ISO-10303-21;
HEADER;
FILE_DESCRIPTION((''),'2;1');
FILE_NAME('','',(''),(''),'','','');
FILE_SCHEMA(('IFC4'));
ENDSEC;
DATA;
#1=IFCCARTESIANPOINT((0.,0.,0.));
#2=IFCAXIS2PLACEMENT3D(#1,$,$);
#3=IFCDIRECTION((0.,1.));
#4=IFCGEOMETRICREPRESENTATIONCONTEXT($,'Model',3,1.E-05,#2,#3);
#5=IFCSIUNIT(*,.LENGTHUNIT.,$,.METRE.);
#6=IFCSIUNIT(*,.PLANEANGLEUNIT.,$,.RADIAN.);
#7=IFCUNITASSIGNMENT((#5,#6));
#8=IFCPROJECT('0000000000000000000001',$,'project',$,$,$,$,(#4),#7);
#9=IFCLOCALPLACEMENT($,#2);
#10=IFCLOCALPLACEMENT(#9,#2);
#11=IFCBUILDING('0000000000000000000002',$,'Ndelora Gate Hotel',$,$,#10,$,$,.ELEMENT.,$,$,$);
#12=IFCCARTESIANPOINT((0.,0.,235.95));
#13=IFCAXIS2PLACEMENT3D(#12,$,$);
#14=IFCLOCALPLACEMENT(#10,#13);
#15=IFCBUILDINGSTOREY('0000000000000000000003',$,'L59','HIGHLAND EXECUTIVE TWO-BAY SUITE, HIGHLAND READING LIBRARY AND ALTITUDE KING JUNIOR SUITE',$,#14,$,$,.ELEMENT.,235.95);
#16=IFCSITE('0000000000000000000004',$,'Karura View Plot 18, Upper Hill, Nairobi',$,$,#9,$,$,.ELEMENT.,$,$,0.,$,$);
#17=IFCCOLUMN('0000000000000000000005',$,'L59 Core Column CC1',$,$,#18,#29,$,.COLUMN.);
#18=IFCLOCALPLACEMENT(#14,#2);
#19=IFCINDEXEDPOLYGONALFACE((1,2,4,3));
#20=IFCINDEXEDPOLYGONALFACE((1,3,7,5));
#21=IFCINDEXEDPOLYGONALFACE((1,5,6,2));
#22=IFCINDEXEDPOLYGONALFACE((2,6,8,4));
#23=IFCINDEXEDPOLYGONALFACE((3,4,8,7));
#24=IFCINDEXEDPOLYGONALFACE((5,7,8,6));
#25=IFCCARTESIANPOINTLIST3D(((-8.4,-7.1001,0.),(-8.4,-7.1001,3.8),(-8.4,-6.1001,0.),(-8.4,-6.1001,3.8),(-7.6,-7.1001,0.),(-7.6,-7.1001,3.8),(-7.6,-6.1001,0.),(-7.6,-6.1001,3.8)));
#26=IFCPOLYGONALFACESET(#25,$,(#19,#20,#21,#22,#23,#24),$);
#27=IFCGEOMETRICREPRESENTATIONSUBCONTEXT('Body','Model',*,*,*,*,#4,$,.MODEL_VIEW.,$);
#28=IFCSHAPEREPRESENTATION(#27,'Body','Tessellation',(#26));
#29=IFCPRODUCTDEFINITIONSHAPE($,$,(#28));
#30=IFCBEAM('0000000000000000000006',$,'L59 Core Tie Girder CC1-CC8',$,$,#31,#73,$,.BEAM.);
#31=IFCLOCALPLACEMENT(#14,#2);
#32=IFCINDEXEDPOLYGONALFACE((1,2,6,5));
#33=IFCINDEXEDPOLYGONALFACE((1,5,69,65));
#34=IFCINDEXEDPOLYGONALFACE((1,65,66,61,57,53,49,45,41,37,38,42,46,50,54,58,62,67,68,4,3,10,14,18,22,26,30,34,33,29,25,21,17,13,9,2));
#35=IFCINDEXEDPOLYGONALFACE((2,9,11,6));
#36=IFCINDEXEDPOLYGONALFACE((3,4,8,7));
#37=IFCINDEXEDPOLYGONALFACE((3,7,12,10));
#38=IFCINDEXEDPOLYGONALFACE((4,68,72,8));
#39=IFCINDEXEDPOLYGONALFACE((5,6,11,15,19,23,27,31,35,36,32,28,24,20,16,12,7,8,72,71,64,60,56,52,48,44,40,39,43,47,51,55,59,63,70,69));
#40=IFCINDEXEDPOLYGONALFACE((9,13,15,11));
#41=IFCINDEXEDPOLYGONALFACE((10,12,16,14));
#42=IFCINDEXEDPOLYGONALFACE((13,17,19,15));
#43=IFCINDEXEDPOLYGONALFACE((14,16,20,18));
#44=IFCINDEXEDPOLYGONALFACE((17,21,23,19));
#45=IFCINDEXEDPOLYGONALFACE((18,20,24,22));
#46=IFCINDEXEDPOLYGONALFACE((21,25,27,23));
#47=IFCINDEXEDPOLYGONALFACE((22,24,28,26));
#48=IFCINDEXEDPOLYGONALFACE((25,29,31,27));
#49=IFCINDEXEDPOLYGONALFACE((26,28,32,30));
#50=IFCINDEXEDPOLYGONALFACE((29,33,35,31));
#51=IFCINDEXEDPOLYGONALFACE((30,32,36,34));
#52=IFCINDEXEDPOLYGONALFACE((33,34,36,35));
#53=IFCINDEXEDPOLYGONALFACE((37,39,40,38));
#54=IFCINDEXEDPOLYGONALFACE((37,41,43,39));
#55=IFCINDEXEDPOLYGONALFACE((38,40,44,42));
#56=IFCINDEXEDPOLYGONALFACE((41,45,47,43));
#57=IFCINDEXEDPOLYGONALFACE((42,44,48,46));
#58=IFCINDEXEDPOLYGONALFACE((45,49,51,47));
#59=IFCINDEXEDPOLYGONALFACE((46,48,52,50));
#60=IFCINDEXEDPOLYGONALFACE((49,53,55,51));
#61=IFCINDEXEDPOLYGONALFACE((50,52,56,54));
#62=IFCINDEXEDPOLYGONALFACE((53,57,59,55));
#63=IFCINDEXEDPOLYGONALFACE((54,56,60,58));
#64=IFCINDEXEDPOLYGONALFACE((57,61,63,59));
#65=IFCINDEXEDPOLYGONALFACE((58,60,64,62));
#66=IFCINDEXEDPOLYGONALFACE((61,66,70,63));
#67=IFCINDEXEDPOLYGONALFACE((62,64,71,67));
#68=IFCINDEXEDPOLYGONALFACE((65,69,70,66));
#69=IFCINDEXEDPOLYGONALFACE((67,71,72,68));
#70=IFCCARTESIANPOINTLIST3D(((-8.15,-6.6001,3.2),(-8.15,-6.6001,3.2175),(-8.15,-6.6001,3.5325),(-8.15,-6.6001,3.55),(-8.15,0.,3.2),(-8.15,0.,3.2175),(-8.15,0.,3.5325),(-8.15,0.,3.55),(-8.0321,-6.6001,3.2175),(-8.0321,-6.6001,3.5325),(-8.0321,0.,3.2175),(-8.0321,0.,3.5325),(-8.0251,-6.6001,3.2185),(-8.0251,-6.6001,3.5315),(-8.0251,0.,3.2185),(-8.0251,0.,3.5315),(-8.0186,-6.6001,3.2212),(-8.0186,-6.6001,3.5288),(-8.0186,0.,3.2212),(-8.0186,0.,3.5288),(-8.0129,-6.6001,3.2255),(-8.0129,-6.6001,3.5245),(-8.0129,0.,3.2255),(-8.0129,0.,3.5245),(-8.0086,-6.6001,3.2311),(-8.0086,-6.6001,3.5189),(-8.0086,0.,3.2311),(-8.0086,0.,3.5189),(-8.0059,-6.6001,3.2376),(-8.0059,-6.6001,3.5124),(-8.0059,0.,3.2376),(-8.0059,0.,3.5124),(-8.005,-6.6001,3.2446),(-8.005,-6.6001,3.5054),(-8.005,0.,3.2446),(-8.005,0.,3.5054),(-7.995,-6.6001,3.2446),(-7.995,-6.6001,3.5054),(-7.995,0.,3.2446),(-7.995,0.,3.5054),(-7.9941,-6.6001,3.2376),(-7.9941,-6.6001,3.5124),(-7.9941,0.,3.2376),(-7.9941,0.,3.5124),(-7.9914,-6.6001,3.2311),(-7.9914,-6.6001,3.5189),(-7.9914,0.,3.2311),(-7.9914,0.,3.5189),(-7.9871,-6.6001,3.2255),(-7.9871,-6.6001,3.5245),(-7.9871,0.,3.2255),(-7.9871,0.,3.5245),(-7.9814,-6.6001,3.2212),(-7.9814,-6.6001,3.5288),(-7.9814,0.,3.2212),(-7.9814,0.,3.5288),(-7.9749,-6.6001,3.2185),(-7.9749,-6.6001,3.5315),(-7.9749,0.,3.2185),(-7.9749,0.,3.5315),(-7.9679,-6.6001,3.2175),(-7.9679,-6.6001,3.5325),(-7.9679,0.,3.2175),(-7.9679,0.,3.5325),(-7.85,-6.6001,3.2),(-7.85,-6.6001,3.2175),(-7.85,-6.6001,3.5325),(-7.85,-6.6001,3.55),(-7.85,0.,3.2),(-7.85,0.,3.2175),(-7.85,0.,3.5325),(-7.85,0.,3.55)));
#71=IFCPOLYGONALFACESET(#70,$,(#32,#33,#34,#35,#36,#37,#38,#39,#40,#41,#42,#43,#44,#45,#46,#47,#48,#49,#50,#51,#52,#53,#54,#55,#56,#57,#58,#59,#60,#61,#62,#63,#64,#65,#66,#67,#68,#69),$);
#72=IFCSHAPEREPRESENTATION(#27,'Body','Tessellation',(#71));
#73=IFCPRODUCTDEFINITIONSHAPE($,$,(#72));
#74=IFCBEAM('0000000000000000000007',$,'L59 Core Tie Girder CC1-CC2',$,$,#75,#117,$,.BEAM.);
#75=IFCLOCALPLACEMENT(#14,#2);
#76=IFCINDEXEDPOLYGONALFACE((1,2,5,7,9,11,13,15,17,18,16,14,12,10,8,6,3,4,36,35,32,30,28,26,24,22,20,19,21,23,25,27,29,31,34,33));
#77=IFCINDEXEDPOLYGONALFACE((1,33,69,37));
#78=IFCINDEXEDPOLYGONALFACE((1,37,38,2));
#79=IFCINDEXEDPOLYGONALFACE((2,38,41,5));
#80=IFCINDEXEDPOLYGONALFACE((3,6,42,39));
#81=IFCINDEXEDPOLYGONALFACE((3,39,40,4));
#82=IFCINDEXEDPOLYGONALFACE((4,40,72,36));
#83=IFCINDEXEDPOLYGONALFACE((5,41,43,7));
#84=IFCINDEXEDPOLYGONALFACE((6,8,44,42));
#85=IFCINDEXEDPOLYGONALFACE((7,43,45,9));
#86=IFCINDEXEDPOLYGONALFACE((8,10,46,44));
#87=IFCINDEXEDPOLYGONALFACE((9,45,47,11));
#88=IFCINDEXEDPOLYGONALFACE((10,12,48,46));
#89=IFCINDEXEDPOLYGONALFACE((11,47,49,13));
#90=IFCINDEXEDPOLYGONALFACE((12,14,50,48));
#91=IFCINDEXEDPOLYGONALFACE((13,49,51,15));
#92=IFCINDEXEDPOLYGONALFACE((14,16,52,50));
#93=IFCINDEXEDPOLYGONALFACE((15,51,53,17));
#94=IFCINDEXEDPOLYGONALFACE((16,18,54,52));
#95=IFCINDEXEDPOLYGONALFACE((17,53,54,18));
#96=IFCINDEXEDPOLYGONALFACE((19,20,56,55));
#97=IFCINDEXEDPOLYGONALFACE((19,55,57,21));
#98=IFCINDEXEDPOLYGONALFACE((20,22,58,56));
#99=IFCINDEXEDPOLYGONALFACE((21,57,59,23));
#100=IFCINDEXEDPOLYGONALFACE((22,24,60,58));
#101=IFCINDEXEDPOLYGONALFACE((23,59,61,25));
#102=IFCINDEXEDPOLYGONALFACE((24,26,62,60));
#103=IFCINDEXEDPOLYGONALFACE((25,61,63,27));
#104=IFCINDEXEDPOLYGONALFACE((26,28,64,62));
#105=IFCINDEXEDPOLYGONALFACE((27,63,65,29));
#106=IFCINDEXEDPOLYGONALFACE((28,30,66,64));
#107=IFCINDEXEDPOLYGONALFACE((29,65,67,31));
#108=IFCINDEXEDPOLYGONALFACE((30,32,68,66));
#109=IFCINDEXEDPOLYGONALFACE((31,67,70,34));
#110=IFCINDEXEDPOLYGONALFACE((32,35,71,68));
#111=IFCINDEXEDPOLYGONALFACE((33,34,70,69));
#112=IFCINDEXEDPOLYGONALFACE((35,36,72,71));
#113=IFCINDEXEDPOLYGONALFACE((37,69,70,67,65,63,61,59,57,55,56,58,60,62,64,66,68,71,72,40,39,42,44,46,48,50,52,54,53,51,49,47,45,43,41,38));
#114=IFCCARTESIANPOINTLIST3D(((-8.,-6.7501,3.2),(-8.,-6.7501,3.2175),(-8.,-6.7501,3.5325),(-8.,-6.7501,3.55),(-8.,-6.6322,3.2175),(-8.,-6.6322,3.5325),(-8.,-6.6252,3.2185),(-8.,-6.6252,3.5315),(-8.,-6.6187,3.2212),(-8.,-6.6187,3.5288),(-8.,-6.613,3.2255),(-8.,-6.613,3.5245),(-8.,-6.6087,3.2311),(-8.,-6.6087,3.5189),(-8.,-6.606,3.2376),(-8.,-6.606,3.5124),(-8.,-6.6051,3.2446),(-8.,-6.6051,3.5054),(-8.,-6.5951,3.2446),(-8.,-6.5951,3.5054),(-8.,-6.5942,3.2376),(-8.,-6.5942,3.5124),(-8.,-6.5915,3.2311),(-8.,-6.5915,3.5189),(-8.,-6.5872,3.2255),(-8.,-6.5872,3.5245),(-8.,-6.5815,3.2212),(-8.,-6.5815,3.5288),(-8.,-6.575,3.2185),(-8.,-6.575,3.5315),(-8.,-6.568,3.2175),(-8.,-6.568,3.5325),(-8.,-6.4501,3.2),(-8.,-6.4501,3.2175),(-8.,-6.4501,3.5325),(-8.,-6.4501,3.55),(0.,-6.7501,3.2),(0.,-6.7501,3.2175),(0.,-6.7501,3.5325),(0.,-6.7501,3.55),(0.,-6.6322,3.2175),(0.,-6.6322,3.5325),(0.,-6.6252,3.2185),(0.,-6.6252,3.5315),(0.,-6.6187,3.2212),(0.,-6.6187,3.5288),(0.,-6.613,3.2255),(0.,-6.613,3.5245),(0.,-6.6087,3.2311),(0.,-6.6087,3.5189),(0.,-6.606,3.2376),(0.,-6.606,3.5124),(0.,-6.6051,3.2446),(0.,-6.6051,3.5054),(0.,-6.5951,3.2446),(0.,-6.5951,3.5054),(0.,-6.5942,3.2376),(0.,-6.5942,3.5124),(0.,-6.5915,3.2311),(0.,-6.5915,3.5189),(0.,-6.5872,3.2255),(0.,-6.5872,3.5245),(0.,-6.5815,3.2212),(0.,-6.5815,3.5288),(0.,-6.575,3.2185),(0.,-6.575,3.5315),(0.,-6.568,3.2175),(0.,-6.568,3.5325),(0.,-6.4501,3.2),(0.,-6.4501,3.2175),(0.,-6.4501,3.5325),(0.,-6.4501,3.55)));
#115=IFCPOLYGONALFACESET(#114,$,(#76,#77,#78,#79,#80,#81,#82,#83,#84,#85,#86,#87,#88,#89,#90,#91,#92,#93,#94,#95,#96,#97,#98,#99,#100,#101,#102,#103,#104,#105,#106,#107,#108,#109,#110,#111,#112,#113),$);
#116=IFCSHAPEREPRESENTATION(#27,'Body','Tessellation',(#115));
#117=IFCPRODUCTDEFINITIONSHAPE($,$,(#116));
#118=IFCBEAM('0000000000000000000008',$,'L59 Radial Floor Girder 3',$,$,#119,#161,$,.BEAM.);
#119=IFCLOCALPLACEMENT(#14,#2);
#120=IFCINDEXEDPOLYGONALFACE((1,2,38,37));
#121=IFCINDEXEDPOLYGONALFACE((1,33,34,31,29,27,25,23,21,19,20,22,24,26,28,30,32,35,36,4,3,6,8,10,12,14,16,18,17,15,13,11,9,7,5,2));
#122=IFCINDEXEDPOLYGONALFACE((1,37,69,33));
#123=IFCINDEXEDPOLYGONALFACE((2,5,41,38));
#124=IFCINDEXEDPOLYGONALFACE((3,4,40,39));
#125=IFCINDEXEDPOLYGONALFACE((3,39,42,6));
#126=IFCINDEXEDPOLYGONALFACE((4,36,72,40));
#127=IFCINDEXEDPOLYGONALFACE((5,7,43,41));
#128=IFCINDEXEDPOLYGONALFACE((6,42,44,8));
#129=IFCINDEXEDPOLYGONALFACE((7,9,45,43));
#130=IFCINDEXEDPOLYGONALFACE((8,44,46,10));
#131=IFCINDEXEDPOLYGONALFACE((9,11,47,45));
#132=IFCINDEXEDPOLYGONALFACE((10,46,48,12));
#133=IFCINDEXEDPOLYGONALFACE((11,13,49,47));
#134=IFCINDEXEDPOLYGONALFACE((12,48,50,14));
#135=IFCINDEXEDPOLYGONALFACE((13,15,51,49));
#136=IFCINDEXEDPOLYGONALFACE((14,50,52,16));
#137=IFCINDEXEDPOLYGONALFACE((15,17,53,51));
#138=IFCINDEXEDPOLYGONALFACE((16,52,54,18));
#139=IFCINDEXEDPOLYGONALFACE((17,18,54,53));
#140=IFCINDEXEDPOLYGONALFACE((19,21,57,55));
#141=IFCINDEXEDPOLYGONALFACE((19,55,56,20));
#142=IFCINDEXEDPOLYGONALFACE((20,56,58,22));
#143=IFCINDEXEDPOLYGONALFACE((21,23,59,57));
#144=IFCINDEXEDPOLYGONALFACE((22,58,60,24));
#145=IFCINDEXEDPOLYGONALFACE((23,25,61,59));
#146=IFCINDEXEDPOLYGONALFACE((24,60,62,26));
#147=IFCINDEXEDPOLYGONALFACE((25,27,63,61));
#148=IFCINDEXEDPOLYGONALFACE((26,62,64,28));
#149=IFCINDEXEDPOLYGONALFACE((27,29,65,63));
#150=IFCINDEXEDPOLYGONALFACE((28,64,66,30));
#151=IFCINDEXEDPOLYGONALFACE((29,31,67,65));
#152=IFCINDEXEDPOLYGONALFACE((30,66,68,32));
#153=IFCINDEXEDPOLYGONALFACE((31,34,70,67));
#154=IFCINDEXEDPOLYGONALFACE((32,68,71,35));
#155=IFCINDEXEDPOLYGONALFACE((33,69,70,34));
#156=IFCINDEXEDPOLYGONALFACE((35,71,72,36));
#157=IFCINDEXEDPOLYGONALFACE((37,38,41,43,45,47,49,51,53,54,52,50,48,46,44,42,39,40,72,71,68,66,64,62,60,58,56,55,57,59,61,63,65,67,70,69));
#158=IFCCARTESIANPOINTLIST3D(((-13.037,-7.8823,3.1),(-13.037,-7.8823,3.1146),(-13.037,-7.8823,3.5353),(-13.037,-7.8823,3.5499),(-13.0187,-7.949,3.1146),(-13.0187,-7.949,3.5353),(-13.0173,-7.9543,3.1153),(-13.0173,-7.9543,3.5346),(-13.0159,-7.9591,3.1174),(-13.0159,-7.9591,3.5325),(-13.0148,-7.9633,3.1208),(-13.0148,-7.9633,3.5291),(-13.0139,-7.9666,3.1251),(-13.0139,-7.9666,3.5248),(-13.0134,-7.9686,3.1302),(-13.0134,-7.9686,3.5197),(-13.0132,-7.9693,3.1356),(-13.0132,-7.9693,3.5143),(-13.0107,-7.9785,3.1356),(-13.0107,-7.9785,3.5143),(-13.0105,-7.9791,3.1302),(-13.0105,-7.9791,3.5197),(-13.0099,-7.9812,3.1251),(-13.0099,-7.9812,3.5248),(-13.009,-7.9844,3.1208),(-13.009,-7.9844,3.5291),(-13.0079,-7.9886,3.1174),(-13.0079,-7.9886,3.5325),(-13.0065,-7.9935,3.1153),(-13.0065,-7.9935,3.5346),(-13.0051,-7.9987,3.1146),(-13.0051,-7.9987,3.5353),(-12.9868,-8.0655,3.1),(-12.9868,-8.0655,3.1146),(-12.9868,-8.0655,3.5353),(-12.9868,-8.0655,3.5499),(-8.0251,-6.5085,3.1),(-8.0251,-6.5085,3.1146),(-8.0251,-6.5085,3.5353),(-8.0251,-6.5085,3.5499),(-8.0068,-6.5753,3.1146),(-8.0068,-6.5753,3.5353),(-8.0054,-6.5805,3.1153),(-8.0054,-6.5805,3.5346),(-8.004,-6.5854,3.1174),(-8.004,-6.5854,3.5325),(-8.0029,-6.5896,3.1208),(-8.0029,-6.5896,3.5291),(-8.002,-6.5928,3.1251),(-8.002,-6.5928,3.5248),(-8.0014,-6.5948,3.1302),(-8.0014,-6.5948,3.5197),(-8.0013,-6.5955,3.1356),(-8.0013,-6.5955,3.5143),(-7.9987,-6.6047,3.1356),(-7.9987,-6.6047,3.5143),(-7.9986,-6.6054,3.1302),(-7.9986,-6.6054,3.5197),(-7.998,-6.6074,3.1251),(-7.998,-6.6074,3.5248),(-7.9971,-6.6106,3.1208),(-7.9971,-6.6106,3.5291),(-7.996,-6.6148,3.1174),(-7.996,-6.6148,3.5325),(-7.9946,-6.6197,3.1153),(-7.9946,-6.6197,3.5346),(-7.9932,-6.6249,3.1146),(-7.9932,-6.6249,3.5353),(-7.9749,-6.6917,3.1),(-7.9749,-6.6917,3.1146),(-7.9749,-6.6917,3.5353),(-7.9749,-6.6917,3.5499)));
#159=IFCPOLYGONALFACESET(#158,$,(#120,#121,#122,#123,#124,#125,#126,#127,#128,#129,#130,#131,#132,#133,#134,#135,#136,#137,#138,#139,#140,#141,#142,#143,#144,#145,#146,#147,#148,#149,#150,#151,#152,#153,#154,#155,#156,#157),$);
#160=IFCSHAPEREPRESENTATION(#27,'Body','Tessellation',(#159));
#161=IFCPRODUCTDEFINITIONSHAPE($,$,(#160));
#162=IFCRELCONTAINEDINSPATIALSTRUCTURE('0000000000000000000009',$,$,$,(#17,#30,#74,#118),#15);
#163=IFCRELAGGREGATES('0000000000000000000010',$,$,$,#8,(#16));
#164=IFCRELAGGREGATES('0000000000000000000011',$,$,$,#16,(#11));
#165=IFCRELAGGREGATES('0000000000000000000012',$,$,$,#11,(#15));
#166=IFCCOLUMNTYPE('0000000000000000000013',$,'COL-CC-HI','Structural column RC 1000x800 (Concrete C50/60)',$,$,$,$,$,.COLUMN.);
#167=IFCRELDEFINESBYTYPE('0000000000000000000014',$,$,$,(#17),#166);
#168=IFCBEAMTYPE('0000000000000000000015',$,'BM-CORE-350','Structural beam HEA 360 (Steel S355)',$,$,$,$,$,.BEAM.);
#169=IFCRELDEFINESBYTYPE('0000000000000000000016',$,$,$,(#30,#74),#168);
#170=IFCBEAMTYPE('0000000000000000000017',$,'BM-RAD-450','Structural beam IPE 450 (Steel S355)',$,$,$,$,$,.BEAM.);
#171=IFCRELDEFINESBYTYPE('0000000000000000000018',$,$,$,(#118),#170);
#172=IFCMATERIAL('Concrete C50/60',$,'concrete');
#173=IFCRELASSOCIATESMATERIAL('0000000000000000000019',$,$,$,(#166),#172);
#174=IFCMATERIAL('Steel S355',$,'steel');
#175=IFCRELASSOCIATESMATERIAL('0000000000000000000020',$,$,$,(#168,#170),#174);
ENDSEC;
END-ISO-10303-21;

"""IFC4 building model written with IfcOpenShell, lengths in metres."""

from ifc_helpers import new_model, si_unit, direction, frame, origin, origin_2d, place, context, subcontext, project, spatial, rectangle, i_section, extrude, material, material_profile, profile_set, type_object, element, save


model = new_model("IFC4")

# Units and contexts
model_context = context("Model", 3, precision=1e-05, world=origin(), true_north=direction((0.0, 1.0)))
body_context = subcontext(model_context, "Body", "Model", "MODEL_VIEW")
ifc_project = project(units=[si_unit("LENGTHUNIT", "METRE"), si_unit("PLANEANGLEUNIT", "RADIAN")], contexts=[model_context])

# Site, building, storey
site_placement = place(None, origin())
site = spatial("IfcSite", under=ifc_project, at=site_placement, Name="Karura View Plot 18, Upper Hill, Nairobi", CompositionType="ELEMENT", RefElevation=0.0)
building_placement = place(site_placement, origin())
building = spatial("IfcBuilding", under=site, at=building_placement, Name="Ndelora Gate Hotel", CompositionType="ELEMENT")
storey_placement = place(building_placement, frame((0.0, 0.0, 235.95)))
storey = spatial("IfcBuildingStorey", under=building, at=storey_placement, Name="L59", Description="HIGHLAND EXECUTIVE TWO-BAY SUITE, HIGHLAND READING LIBRARY AND ALTITUDE KING JUNIOR SUITE", CompositionType="ELEMENT", Elevation=235.95)

# Column
ifc_material_1 = material(Name="Concrete C50/60", Category="concrete")
ifc_material_profile_1 = material_profile(ifc_material_1, rectangle(XDim=0.8, YDim=1.0, at=origin_2d()), Name="RC 1000x800")
ifc_profile_set_1 = profile_set([ifc_material_profile_1], Name="Concrete C50/60")
column_type = type_object("IfcColumnType", Name="COL-CC-HI", Description="Structural column RC 1000x800 (Concrete C50/60)", PredefinedType="COLUMN", material=ifc_profile_set_1)
column_placement = place(storey_placement, frame((-8.0, -6.6001, 0.0), z_axis=(0.0, 0.0, 1.0), x_axis=(1.0, 0.0, 0.0)))
element("IfcColumn", 1, at=column_placement, inside=storey, type_object=column_type, Name="L59 Core Column CC1", PredefinedType="COLUMN", context=body_context, shape_type="SweptSolid", body=[
    extrude(rectangle(XDim=0.8, YDim=1.0, at=origin_2d()), origin(), (0.0, 0.0, 1.0), 3.8),
])

# Beams
ifc_material_2 = material(Name="Steel S355", Category="steel")
ifc_material_profile_2 = material_profile(ifc_material_2, i_section(OverallWidth=0.3, OverallDepth=0.3501, WebThickness=0.01, FlangeThickness=0.0176, FilletRadius=0.0271, at=origin_2d()), Name="HEA 360")
ifc_profile_set_2 = profile_set([ifc_material_profile_2], Name="Steel S355")
beam_type_1 = type_object("IfcBeamType", Name="BM-CORE-350", Description="Structural beam HEA 360 (Steel S355)", PredefinedType="BEAM", material=ifc_profile_set_2)
beam_1_placement = place(storey_placement, frame((-8.0, -6.6001, 3.375), z_axis=(0.0, 1.0, 0.0), x_axis=(-1.0, 0.0, 0.0)))
element("IfcBeam", 2, at=beam_1_placement, inside=storey, type_object=beam_type_1, Name="L59 Core Tie Girder CC1-CC8", PredefinedType="BEAM", context=body_context, shape_type="SweptSolid", body=[
    extrude(i_section(OverallWidth=0.3, OverallDepth=0.3501, WebThickness=0.01, FlangeThickness=0.0176, FilletRadius=0.0271, at=origin_2d()), origin(), (0.0, 0.0, 1.0), 6.6001),
])
beam_2_placement = place(storey_placement, frame((-8.0, -6.6001, 3.375), z_axis=(1.0, 0.0, 0.0), x_axis=(0.0, 1.0, 0.0)))
element("IfcBeam", 3, at=beam_2_placement, inside=storey, type_object=beam_type_1, Name="L59 Core Tie Girder CC1-CC2", PredefinedType="BEAM", context=body_context, shape_type="SweptSolid", body=[
    extrude(i_section(OverallWidth=0.3, OverallDepth=0.3501, WebThickness=0.01, FlangeThickness=0.0176, FilletRadius=0.0271, at=origin_2d()), origin(), (0.0, 0.0, 1.0), 8.0),
])
ifc_material_profile_3 = material_profile(ifc_material_2, i_section(OverallWidth=0.1899, OverallDepth=0.45, WebThickness=0.0095, FlangeThickness=0.0146, FilletRadius=0.021, at=origin_2d()), Name="IPE 450")
ifc_profile_set_3 = profile_set([ifc_material_profile_3], Name="Steel S355")
beam_type_2 = type_object("IfcBeamType", Name="BM-RAD-450", Description="Structural beam IPE 450 (Steel S355)", PredefinedType="BEAM", material=ifc_profile_set_3)
beam_3_placement = place(storey_placement, frame((-8.0, -6.6001, 3.325), z_axis=(-0.964427, -0.264349, 0.0), x_axis=(0.264349, -0.964427, 0.0)))
element("IfcBeam", 4, at=beam_3_placement, inside=storey, type_object=beam_type_2, Name="L59 Radial Floor Girder 3", PredefinedType="BEAM", context=body_context, shape_type="SweptSolid", body=[
    extrude(i_section(OverallWidth=0.1899, OverallDepth=0.45, WebThickness=0.0095, FlangeThickness=0.0146, FilletRadius=0.021, at=origin_2d()), origin(), (0.0, 0.0, 1.0), 5.1968),
])

save(model, "model.ifc")
